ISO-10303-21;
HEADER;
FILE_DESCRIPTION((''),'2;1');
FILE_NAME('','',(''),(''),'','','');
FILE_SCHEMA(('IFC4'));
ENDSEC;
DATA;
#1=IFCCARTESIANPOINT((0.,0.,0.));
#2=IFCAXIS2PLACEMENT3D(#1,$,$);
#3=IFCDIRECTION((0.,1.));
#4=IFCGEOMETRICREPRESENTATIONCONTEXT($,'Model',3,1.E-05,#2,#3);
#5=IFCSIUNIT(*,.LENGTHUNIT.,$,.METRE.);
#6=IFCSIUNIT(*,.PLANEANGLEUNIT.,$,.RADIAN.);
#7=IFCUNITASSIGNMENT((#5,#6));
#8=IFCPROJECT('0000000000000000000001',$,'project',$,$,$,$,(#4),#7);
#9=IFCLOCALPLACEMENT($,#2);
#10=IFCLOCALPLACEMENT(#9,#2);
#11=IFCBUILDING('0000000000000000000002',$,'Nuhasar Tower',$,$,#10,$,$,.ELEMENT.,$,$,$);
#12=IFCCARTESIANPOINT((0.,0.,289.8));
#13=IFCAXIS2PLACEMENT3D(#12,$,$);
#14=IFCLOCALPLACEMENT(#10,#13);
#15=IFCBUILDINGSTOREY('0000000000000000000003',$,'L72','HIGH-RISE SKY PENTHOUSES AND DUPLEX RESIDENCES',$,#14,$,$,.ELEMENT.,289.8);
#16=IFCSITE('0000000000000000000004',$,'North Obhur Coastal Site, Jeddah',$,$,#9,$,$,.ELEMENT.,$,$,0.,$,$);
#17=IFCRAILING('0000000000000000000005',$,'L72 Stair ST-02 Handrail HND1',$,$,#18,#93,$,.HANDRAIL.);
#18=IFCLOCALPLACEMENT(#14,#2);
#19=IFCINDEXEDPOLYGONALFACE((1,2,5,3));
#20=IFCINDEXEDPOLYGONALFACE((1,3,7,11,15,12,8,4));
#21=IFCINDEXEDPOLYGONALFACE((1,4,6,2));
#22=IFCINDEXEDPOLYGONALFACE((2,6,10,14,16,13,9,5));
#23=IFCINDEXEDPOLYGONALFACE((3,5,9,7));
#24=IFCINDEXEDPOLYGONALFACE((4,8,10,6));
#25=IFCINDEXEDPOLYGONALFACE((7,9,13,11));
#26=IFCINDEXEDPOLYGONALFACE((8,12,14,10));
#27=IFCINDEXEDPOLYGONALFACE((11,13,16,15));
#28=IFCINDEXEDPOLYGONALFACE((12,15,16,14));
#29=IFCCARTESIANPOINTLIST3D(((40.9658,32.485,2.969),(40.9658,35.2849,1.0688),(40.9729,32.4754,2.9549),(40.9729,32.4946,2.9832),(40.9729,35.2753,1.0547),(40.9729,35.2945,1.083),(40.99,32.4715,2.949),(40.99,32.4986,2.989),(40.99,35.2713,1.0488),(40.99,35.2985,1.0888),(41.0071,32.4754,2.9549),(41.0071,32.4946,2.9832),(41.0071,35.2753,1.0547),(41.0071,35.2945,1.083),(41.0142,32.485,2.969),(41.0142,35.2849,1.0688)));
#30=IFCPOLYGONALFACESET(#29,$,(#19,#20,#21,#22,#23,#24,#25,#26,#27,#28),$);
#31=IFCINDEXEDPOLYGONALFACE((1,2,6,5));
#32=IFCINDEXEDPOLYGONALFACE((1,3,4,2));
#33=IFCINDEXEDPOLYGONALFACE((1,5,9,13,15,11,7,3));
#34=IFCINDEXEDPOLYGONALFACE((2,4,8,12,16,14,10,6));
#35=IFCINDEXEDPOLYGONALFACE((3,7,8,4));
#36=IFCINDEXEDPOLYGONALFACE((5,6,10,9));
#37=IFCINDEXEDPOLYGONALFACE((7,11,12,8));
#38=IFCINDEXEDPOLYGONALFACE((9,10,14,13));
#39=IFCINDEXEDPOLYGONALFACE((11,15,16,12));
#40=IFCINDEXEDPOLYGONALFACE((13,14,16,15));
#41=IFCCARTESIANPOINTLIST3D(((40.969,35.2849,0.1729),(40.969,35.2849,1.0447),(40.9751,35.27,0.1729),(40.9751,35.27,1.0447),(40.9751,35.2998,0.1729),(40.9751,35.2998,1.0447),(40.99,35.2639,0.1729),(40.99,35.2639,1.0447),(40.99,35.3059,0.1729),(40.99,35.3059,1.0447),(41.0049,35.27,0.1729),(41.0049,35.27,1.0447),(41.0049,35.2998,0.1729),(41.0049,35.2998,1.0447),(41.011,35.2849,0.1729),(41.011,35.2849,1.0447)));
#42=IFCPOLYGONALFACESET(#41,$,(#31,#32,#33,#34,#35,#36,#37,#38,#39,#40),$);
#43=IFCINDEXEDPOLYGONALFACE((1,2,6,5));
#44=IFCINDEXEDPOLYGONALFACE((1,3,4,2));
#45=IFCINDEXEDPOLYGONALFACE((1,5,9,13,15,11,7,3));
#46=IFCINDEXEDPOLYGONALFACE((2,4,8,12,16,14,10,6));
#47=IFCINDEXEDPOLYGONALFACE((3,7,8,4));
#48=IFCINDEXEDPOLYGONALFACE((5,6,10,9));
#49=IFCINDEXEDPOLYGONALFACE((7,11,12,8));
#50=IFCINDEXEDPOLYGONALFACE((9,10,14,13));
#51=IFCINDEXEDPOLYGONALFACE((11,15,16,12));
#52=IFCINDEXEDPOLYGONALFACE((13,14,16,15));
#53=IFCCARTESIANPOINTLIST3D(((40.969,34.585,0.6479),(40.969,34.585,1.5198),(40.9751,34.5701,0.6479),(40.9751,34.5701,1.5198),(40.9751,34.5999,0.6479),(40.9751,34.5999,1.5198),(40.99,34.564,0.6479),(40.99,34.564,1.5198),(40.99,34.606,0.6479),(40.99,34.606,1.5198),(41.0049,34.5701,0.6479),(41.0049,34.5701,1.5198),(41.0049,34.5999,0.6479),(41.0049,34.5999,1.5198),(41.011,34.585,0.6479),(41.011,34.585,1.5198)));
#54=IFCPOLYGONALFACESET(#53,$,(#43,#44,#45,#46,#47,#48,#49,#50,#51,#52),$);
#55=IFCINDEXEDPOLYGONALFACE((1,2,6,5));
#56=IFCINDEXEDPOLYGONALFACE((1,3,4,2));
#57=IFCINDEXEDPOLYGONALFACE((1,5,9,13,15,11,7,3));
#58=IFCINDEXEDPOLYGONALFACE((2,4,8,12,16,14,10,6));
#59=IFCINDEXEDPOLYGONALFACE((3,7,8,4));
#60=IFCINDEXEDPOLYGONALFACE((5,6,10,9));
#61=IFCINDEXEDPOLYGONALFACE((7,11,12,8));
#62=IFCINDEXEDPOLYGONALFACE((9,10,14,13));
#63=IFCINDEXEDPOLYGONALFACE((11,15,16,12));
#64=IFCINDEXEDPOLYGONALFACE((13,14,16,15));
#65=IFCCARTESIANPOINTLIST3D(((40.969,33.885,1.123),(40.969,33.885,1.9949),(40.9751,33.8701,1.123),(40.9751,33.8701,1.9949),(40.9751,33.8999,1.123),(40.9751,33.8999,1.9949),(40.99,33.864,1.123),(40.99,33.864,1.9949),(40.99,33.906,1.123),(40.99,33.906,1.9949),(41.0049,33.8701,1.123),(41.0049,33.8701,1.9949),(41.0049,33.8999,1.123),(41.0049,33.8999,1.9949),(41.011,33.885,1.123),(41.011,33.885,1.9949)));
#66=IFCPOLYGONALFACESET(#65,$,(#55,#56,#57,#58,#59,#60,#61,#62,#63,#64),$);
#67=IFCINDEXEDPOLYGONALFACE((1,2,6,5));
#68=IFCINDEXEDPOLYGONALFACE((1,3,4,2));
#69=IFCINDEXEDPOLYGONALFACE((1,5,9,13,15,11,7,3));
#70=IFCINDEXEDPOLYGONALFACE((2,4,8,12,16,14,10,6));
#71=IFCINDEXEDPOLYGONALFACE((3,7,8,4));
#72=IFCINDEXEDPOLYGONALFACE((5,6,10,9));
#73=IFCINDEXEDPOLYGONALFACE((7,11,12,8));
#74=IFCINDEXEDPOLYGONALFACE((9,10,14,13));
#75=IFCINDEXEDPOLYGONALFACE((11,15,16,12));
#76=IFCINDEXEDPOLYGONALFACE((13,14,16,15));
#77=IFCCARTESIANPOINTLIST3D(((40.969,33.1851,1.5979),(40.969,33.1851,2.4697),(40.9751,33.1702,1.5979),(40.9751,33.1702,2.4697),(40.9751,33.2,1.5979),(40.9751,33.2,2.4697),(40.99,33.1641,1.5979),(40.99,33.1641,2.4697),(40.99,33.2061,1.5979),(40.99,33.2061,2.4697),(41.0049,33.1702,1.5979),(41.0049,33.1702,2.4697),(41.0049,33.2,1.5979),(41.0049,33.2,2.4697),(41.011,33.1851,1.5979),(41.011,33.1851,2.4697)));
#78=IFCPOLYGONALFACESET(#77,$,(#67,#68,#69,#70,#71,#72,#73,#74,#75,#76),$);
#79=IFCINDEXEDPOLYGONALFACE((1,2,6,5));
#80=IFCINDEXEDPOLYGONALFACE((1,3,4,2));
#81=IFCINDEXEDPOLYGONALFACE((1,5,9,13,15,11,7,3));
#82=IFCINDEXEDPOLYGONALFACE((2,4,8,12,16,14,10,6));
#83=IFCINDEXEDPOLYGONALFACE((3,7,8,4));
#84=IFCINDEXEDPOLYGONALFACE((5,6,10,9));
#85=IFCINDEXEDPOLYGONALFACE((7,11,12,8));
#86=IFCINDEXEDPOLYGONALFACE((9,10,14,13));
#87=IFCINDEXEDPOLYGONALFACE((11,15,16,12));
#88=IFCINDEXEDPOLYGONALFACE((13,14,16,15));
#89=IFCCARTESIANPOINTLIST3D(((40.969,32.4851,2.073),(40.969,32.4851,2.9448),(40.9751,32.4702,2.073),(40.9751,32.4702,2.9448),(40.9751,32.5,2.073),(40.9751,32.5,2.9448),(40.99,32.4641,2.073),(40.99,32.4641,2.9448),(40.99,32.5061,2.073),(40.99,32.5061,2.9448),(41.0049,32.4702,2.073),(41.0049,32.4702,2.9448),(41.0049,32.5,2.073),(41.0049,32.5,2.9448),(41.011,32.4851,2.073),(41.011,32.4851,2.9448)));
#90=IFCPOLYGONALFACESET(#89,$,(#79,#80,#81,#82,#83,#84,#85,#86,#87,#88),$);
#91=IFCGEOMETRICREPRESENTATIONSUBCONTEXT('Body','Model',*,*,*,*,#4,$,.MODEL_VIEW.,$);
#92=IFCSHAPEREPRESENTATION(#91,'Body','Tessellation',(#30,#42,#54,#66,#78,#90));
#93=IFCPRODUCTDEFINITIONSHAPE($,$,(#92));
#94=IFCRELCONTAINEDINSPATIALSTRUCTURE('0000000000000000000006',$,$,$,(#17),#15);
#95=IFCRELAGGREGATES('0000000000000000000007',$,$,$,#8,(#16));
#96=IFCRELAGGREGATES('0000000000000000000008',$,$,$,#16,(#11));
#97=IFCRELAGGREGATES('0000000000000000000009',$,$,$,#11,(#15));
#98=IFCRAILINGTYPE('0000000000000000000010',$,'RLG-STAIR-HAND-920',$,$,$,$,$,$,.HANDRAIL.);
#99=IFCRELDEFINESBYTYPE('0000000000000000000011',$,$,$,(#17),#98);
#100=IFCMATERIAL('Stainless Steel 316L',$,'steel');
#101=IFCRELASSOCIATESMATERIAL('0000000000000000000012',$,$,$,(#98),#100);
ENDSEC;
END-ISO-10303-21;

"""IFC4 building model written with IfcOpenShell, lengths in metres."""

from ifc_helpers import new_model, si_unit, direction, frame, origin, place, context, subcontext, project, spatial, polyline, outline, extrude, material, type_object, element, save


model = new_model("IFC4")

# Units and contexts
model_context = context("Model", 3, precision=1e-05, world=origin(), true_north=direction((0.0, 1.0)))
body_context = subcontext(model_context, "Body", "Model", "MODEL_VIEW")
ifc_project = project(units=[si_unit("LENGTHUNIT", "METRE"), si_unit("PLANEANGLEUNIT", "RADIAN")], contexts=[model_context])

# Site, building, storey
site_placement = place(None, origin())
site = spatial("IfcSite", under=ifc_project, at=site_placement, Name="North Obhur Coastal Site, Jeddah", CompositionType="ELEMENT", RefElevation=0.0)
building_placement = place(site_placement, origin())
building = spatial("IfcBuilding", under=site, at=building_placement, Name="Nuhasar Tower", CompositionType="ELEMENT")
storey_placement = place(building_placement, frame((0.0, 0.0, 289.8)))
storey = spatial("IfcBuildingStorey", under=building, at=storey_placement, Name="L72", Description="HIGH-RISE SKY PENTHOUSES AND DUPLEX RESIDENCES", CompositionType="ELEMENT", Elevation=289.8)

# Railing
ifc_material_1 = material(Name="Stainless Steel 316L", Category="steel")
railing_type_1 = type_object("IfcRailingType", Name="RLG-STAIR-HAND-920", PredefinedType="HANDRAIL", material=ifc_material_1)
railing_1_placement = place(storey_placement, frame((40.99, 35.2849, 0.1729)))
element("IfcRailing", 1, at=railing_1_placement, inside=storey, type_object=railing_type_1, Name="L72 Stair ST-02 Handrail HND1", PredefinedType="HANDRAIL", context=body_context, shape_type="SweptSolid", body=[
    extrude(outline(polyline([(0.0242, 0.0), (0.0171, 0.0171), (0.0, 0.0242), (-0.0171, 0.0171), (-0.0242, 0.0), (-0.0171, -0.0171), (0.0, -0.0242), (0.0171, -0.0171), (0.0242, 0.0)])), frame((0.0, 0.0, 0.896), z_axis=(0.0, -0.827437, 0.561558), x_axis=(1.0, 0.0, 0.0)), (0.0, 0.0, 1.0), 3.3838),
    extrude(outline(polyline([(0.021, 0.0), (0.0149, 0.0149), (0.0, 0.021), (-0.0149, 0.0149), (-0.021, 0.0), (-0.0149, -0.0149), (0.0, -0.021), (0.0149, -0.0149), (0.021, 0.0)])), origin(), (0.0, 0.0, 1.0), 0.8718),
    extrude(outline(polyline([(0.021, 0.0), (0.0149, 0.0149), (0.0, 0.021), (-0.0149, 0.0149), (-0.021, 0.0), (-0.0149, -0.0149), (0.0, -0.021), (0.0149, -0.0149), (0.021, 0.0)])), frame((0.0, -0.7, 0.4751)), (0.0, 0.0, 1.0), 0.8718),
    extrude(outline(polyline([(0.021, 0.0), (0.0149, 0.0149), (0.0, 0.021), (-0.0149, 0.0149), (-0.021, 0.0), (-0.0149, -0.0149), (0.0, -0.021), (0.0149, -0.0149), (0.021, 0.0)])), frame((0.0, -1.3999, 0.9502)), (0.0, 0.0, 1.0), 0.8718),
    extrude(outline(polyline([(0.021, 0.0), (0.0149, 0.0149), (0.0, 0.021), (-0.0149, 0.0149), (-0.021, 0.0), (-0.0149, -0.0149), (0.0, -0.021), (0.0149, -0.0149), (0.021, 0.0)])), frame((0.0, -2.0999, 1.425)), (0.0, 0.0, 1.0), 0.8718),
    extrude(outline(polyline([(0.021, 0.0), (0.0149, 0.0149), (0.0, 0.021), (-0.0149, 0.0149), (-0.021, 0.0), (-0.0149, -0.0149), (0.0, -0.021), (0.0149, -0.0149), (0.021, 0.0)])), frame((0.0, -2.7998, 1.9001)), (0.0, 0.0, 1.0), 0.8718),
])

save(model, "model.ifc")
